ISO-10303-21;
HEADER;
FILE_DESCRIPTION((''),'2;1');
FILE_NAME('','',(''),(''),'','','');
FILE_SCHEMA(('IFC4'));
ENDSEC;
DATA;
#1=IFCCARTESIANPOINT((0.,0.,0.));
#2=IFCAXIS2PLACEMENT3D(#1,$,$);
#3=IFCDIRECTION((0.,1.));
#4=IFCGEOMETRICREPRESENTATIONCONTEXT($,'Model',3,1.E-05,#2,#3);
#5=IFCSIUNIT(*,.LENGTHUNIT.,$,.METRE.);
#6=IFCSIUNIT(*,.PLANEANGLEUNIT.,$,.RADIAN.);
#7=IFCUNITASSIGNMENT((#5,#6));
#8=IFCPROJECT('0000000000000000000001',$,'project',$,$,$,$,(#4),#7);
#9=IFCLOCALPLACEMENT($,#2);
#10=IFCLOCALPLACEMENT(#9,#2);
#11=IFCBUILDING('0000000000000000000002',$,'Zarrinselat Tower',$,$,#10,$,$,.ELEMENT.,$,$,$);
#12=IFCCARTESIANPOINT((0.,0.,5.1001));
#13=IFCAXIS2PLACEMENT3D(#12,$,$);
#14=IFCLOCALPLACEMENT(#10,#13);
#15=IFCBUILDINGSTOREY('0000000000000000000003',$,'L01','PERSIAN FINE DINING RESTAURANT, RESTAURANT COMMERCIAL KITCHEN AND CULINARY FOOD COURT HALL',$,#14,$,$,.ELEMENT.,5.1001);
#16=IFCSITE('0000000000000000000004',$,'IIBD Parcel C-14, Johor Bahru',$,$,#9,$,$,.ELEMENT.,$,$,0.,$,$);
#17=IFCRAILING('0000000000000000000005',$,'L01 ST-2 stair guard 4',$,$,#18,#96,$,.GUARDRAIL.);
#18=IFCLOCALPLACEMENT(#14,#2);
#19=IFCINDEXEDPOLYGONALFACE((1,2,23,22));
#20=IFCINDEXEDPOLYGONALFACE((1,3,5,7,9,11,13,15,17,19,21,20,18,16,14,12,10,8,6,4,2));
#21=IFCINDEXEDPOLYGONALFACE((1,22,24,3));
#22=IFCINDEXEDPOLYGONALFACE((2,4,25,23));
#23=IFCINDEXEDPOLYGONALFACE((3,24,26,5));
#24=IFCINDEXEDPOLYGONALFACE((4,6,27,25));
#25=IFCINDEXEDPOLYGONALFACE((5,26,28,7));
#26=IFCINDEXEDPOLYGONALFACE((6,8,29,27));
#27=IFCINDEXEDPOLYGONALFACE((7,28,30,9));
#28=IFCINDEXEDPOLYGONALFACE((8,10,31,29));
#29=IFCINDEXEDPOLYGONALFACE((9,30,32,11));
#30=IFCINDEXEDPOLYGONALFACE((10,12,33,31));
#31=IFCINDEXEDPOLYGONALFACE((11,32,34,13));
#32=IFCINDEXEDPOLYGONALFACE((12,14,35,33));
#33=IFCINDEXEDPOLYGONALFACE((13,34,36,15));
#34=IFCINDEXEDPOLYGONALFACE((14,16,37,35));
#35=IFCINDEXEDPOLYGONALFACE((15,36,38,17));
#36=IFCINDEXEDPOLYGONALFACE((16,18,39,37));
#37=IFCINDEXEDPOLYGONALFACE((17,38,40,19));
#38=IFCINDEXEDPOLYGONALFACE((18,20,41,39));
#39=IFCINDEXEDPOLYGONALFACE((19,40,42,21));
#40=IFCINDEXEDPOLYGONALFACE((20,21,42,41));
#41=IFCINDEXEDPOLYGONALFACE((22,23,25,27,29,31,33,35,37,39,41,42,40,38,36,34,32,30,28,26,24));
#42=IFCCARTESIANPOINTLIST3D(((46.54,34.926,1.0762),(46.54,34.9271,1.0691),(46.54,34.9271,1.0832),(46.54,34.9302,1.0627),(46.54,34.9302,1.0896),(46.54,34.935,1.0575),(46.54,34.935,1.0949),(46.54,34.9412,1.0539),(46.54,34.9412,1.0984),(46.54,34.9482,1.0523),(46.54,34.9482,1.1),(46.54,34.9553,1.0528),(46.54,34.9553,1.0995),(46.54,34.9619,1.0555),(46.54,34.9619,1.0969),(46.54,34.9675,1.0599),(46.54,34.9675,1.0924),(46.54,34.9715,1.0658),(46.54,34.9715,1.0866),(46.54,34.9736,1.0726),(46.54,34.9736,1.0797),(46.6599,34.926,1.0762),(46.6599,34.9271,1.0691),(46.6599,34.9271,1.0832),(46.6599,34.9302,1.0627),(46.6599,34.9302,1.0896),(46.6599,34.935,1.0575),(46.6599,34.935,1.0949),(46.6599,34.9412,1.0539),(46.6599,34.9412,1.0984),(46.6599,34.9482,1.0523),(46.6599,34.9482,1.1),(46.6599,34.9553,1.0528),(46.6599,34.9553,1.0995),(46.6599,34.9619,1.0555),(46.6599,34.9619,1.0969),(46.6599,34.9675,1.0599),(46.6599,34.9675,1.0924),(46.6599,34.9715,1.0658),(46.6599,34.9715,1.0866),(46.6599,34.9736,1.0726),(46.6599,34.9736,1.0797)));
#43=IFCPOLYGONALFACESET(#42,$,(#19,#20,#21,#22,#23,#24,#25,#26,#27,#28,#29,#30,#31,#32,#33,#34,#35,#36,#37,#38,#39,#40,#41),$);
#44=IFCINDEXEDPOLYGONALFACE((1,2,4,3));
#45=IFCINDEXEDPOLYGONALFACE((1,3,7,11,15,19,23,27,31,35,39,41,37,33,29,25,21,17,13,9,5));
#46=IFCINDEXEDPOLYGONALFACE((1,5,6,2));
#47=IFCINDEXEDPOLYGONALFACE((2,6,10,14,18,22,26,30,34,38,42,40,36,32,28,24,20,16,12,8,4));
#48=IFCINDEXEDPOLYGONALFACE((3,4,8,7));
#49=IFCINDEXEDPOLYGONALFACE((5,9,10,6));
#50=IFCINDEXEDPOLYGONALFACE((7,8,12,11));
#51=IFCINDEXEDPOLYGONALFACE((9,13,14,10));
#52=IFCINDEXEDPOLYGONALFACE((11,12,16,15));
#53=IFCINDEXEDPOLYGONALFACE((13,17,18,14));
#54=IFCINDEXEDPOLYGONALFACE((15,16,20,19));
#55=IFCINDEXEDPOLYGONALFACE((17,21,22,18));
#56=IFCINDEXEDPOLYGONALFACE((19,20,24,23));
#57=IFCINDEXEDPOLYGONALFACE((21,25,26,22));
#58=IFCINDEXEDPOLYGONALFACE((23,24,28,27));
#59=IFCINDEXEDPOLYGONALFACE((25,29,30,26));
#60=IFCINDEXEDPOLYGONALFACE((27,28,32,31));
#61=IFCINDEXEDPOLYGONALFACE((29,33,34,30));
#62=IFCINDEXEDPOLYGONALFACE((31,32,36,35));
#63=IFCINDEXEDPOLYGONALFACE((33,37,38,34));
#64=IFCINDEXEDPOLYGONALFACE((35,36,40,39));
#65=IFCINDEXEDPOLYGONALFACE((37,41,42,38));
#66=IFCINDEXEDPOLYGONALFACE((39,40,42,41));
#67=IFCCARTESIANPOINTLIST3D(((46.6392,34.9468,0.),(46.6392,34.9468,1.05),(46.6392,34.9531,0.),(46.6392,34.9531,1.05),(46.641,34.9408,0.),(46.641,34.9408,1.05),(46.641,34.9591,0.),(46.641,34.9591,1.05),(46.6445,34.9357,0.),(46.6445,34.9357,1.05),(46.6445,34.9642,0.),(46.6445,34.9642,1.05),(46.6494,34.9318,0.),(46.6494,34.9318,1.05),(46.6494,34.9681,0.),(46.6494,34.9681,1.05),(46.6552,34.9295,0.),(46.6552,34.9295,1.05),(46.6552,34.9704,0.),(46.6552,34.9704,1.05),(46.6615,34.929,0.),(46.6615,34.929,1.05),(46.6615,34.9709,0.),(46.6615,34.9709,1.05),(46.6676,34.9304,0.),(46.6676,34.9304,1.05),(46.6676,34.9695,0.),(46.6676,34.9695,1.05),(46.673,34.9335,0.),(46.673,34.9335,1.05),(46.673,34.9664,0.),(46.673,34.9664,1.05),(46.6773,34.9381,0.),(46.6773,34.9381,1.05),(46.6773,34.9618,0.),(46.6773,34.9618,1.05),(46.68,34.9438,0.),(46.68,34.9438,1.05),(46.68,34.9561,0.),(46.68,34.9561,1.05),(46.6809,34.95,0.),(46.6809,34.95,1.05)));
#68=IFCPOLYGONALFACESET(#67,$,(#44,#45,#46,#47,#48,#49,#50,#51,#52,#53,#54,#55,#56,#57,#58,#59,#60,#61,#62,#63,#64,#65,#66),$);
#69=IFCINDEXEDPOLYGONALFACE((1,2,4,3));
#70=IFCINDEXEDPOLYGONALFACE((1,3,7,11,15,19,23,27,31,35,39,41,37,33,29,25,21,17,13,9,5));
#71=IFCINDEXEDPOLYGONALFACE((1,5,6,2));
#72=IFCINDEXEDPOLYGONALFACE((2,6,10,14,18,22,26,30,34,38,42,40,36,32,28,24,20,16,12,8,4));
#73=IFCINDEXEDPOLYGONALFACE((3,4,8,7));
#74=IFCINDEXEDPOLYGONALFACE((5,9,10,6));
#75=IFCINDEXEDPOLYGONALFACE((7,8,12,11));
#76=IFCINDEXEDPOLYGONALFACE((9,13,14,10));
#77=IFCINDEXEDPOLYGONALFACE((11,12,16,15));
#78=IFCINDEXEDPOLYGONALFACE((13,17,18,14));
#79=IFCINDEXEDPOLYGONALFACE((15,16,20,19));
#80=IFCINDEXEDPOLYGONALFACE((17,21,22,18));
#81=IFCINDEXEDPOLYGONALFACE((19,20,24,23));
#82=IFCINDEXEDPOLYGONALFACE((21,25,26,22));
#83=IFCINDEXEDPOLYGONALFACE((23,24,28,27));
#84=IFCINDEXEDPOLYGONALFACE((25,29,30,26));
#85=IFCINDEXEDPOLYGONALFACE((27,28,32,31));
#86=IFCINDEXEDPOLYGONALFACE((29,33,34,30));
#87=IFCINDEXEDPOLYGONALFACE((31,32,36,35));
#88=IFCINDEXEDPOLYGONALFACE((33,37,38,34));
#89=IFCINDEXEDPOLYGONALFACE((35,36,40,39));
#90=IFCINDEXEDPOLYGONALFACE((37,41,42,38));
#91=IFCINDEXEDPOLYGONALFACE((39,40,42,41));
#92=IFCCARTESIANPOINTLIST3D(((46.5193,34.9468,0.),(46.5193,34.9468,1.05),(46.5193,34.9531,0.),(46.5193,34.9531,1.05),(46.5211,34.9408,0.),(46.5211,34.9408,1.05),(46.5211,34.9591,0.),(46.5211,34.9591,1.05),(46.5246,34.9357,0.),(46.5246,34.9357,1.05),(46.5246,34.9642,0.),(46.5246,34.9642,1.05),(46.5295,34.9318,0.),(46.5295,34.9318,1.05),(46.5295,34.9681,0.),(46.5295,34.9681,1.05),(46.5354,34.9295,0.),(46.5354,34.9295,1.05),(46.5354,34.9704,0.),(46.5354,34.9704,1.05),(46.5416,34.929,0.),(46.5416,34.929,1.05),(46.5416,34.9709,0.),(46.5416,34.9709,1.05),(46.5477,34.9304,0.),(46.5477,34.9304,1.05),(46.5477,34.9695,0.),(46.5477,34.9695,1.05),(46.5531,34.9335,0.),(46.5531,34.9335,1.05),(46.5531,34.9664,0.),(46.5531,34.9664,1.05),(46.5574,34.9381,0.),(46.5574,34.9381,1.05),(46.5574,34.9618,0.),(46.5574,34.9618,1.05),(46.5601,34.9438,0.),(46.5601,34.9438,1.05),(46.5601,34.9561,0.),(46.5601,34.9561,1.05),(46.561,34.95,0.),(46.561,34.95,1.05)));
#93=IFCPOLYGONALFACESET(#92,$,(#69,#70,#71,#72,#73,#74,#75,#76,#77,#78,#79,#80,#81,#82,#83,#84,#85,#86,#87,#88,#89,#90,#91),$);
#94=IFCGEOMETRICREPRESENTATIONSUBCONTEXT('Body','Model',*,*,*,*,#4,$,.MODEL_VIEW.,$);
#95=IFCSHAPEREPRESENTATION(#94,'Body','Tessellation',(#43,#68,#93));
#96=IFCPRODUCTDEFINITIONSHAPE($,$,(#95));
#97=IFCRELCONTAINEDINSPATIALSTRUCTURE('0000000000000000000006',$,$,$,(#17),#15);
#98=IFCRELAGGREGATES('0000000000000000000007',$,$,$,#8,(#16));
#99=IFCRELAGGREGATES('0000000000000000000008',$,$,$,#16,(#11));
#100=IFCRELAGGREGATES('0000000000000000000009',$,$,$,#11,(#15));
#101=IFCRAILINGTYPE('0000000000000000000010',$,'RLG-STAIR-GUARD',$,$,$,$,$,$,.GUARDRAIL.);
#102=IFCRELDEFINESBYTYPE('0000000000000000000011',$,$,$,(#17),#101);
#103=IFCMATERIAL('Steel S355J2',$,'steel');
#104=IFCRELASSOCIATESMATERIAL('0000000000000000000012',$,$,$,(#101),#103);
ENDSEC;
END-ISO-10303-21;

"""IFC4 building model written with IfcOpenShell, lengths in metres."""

from ifc_helpers import new_model, si_unit, direction, frame, origin, origin_2d, place, context, subcontext, project, spatial, circle, extrude, material, type_object, element, save


model = new_model("IFC4")

# Units and contexts
model_context = context("Model", 3, precision=1e-05, world=origin(), true_north=direction((0.0, 1.0)))
body_context = subcontext(model_context, "Body", "Model", "MODEL_VIEW")
ifc_project = project(units=[si_unit("LENGTHUNIT", "METRE"), si_unit("PLANEANGLEUNIT", "RADIAN")], contexts=[model_context])

# Site, building, storey
site_placement = place(None, origin())
site = spatial("IfcSite", under=ifc_project, at=site_placement, Name="IIBD Parcel C-14, Johor Bahru", CompositionType="ELEMENT", RefElevation=0.0)
building_placement = place(site_placement, origin())
building = spatial("IfcBuilding", under=site, at=building_placement, Name="Zarrinselat Tower", CompositionType="ELEMENT")
storey_placement = place(building_placement, frame((0.0, 0.0, 5.1001)))
storey = spatial("IfcBuildingStorey", under=building, at=storey_placement, Name="L01", Description="PERSIAN FINE DINING RESTAURANT, RESTAURANT COMMERCIAL KITCHEN AND CULINARY FOOD COURT HALL", CompositionType="ELEMENT", Elevation=5.1001)

# Railing
ifc_material_1 = material(Name="Steel S355J2", Category="steel")
railing_type_1 = type_object("IfcRailingType", Name="RLG-STAIR-GUARD", PredefinedType="GUARDRAIL", material=ifc_material_1)
railing_1_placement = place(storey_placement, frame((46.6599, 34.95, 0.0)))
element("IfcRailing", 1, at=railing_1_placement, inside=storey, type_object=railing_type_1, Name="L01 ST-2 stair guard 4", PredefinedType="GUARDRAIL", context=body_context, shape_type="SweptSolid", body=[
    extrude(circle(Radius=0.0239, at=origin_2d()), frame((0.0, 0.0, 1.0762), z_axis=(-1.0, 0.0, 0.0), x_axis=(0.0, -1.0, 0.0)), (0.0, 0.0, 1.0), 0.1199),
    extrude(circle(Radius=0.021, at=origin_2d()), origin(), (0.0, 0.0, 1.0), 1.05),
    extrude(circle(Radius=0.021, at=origin_2d()), frame((-0.1199, 0.0, 0.0)), (0.0, 0.0, 1.0), 1.05),
])

save(model, "model.ifc")
